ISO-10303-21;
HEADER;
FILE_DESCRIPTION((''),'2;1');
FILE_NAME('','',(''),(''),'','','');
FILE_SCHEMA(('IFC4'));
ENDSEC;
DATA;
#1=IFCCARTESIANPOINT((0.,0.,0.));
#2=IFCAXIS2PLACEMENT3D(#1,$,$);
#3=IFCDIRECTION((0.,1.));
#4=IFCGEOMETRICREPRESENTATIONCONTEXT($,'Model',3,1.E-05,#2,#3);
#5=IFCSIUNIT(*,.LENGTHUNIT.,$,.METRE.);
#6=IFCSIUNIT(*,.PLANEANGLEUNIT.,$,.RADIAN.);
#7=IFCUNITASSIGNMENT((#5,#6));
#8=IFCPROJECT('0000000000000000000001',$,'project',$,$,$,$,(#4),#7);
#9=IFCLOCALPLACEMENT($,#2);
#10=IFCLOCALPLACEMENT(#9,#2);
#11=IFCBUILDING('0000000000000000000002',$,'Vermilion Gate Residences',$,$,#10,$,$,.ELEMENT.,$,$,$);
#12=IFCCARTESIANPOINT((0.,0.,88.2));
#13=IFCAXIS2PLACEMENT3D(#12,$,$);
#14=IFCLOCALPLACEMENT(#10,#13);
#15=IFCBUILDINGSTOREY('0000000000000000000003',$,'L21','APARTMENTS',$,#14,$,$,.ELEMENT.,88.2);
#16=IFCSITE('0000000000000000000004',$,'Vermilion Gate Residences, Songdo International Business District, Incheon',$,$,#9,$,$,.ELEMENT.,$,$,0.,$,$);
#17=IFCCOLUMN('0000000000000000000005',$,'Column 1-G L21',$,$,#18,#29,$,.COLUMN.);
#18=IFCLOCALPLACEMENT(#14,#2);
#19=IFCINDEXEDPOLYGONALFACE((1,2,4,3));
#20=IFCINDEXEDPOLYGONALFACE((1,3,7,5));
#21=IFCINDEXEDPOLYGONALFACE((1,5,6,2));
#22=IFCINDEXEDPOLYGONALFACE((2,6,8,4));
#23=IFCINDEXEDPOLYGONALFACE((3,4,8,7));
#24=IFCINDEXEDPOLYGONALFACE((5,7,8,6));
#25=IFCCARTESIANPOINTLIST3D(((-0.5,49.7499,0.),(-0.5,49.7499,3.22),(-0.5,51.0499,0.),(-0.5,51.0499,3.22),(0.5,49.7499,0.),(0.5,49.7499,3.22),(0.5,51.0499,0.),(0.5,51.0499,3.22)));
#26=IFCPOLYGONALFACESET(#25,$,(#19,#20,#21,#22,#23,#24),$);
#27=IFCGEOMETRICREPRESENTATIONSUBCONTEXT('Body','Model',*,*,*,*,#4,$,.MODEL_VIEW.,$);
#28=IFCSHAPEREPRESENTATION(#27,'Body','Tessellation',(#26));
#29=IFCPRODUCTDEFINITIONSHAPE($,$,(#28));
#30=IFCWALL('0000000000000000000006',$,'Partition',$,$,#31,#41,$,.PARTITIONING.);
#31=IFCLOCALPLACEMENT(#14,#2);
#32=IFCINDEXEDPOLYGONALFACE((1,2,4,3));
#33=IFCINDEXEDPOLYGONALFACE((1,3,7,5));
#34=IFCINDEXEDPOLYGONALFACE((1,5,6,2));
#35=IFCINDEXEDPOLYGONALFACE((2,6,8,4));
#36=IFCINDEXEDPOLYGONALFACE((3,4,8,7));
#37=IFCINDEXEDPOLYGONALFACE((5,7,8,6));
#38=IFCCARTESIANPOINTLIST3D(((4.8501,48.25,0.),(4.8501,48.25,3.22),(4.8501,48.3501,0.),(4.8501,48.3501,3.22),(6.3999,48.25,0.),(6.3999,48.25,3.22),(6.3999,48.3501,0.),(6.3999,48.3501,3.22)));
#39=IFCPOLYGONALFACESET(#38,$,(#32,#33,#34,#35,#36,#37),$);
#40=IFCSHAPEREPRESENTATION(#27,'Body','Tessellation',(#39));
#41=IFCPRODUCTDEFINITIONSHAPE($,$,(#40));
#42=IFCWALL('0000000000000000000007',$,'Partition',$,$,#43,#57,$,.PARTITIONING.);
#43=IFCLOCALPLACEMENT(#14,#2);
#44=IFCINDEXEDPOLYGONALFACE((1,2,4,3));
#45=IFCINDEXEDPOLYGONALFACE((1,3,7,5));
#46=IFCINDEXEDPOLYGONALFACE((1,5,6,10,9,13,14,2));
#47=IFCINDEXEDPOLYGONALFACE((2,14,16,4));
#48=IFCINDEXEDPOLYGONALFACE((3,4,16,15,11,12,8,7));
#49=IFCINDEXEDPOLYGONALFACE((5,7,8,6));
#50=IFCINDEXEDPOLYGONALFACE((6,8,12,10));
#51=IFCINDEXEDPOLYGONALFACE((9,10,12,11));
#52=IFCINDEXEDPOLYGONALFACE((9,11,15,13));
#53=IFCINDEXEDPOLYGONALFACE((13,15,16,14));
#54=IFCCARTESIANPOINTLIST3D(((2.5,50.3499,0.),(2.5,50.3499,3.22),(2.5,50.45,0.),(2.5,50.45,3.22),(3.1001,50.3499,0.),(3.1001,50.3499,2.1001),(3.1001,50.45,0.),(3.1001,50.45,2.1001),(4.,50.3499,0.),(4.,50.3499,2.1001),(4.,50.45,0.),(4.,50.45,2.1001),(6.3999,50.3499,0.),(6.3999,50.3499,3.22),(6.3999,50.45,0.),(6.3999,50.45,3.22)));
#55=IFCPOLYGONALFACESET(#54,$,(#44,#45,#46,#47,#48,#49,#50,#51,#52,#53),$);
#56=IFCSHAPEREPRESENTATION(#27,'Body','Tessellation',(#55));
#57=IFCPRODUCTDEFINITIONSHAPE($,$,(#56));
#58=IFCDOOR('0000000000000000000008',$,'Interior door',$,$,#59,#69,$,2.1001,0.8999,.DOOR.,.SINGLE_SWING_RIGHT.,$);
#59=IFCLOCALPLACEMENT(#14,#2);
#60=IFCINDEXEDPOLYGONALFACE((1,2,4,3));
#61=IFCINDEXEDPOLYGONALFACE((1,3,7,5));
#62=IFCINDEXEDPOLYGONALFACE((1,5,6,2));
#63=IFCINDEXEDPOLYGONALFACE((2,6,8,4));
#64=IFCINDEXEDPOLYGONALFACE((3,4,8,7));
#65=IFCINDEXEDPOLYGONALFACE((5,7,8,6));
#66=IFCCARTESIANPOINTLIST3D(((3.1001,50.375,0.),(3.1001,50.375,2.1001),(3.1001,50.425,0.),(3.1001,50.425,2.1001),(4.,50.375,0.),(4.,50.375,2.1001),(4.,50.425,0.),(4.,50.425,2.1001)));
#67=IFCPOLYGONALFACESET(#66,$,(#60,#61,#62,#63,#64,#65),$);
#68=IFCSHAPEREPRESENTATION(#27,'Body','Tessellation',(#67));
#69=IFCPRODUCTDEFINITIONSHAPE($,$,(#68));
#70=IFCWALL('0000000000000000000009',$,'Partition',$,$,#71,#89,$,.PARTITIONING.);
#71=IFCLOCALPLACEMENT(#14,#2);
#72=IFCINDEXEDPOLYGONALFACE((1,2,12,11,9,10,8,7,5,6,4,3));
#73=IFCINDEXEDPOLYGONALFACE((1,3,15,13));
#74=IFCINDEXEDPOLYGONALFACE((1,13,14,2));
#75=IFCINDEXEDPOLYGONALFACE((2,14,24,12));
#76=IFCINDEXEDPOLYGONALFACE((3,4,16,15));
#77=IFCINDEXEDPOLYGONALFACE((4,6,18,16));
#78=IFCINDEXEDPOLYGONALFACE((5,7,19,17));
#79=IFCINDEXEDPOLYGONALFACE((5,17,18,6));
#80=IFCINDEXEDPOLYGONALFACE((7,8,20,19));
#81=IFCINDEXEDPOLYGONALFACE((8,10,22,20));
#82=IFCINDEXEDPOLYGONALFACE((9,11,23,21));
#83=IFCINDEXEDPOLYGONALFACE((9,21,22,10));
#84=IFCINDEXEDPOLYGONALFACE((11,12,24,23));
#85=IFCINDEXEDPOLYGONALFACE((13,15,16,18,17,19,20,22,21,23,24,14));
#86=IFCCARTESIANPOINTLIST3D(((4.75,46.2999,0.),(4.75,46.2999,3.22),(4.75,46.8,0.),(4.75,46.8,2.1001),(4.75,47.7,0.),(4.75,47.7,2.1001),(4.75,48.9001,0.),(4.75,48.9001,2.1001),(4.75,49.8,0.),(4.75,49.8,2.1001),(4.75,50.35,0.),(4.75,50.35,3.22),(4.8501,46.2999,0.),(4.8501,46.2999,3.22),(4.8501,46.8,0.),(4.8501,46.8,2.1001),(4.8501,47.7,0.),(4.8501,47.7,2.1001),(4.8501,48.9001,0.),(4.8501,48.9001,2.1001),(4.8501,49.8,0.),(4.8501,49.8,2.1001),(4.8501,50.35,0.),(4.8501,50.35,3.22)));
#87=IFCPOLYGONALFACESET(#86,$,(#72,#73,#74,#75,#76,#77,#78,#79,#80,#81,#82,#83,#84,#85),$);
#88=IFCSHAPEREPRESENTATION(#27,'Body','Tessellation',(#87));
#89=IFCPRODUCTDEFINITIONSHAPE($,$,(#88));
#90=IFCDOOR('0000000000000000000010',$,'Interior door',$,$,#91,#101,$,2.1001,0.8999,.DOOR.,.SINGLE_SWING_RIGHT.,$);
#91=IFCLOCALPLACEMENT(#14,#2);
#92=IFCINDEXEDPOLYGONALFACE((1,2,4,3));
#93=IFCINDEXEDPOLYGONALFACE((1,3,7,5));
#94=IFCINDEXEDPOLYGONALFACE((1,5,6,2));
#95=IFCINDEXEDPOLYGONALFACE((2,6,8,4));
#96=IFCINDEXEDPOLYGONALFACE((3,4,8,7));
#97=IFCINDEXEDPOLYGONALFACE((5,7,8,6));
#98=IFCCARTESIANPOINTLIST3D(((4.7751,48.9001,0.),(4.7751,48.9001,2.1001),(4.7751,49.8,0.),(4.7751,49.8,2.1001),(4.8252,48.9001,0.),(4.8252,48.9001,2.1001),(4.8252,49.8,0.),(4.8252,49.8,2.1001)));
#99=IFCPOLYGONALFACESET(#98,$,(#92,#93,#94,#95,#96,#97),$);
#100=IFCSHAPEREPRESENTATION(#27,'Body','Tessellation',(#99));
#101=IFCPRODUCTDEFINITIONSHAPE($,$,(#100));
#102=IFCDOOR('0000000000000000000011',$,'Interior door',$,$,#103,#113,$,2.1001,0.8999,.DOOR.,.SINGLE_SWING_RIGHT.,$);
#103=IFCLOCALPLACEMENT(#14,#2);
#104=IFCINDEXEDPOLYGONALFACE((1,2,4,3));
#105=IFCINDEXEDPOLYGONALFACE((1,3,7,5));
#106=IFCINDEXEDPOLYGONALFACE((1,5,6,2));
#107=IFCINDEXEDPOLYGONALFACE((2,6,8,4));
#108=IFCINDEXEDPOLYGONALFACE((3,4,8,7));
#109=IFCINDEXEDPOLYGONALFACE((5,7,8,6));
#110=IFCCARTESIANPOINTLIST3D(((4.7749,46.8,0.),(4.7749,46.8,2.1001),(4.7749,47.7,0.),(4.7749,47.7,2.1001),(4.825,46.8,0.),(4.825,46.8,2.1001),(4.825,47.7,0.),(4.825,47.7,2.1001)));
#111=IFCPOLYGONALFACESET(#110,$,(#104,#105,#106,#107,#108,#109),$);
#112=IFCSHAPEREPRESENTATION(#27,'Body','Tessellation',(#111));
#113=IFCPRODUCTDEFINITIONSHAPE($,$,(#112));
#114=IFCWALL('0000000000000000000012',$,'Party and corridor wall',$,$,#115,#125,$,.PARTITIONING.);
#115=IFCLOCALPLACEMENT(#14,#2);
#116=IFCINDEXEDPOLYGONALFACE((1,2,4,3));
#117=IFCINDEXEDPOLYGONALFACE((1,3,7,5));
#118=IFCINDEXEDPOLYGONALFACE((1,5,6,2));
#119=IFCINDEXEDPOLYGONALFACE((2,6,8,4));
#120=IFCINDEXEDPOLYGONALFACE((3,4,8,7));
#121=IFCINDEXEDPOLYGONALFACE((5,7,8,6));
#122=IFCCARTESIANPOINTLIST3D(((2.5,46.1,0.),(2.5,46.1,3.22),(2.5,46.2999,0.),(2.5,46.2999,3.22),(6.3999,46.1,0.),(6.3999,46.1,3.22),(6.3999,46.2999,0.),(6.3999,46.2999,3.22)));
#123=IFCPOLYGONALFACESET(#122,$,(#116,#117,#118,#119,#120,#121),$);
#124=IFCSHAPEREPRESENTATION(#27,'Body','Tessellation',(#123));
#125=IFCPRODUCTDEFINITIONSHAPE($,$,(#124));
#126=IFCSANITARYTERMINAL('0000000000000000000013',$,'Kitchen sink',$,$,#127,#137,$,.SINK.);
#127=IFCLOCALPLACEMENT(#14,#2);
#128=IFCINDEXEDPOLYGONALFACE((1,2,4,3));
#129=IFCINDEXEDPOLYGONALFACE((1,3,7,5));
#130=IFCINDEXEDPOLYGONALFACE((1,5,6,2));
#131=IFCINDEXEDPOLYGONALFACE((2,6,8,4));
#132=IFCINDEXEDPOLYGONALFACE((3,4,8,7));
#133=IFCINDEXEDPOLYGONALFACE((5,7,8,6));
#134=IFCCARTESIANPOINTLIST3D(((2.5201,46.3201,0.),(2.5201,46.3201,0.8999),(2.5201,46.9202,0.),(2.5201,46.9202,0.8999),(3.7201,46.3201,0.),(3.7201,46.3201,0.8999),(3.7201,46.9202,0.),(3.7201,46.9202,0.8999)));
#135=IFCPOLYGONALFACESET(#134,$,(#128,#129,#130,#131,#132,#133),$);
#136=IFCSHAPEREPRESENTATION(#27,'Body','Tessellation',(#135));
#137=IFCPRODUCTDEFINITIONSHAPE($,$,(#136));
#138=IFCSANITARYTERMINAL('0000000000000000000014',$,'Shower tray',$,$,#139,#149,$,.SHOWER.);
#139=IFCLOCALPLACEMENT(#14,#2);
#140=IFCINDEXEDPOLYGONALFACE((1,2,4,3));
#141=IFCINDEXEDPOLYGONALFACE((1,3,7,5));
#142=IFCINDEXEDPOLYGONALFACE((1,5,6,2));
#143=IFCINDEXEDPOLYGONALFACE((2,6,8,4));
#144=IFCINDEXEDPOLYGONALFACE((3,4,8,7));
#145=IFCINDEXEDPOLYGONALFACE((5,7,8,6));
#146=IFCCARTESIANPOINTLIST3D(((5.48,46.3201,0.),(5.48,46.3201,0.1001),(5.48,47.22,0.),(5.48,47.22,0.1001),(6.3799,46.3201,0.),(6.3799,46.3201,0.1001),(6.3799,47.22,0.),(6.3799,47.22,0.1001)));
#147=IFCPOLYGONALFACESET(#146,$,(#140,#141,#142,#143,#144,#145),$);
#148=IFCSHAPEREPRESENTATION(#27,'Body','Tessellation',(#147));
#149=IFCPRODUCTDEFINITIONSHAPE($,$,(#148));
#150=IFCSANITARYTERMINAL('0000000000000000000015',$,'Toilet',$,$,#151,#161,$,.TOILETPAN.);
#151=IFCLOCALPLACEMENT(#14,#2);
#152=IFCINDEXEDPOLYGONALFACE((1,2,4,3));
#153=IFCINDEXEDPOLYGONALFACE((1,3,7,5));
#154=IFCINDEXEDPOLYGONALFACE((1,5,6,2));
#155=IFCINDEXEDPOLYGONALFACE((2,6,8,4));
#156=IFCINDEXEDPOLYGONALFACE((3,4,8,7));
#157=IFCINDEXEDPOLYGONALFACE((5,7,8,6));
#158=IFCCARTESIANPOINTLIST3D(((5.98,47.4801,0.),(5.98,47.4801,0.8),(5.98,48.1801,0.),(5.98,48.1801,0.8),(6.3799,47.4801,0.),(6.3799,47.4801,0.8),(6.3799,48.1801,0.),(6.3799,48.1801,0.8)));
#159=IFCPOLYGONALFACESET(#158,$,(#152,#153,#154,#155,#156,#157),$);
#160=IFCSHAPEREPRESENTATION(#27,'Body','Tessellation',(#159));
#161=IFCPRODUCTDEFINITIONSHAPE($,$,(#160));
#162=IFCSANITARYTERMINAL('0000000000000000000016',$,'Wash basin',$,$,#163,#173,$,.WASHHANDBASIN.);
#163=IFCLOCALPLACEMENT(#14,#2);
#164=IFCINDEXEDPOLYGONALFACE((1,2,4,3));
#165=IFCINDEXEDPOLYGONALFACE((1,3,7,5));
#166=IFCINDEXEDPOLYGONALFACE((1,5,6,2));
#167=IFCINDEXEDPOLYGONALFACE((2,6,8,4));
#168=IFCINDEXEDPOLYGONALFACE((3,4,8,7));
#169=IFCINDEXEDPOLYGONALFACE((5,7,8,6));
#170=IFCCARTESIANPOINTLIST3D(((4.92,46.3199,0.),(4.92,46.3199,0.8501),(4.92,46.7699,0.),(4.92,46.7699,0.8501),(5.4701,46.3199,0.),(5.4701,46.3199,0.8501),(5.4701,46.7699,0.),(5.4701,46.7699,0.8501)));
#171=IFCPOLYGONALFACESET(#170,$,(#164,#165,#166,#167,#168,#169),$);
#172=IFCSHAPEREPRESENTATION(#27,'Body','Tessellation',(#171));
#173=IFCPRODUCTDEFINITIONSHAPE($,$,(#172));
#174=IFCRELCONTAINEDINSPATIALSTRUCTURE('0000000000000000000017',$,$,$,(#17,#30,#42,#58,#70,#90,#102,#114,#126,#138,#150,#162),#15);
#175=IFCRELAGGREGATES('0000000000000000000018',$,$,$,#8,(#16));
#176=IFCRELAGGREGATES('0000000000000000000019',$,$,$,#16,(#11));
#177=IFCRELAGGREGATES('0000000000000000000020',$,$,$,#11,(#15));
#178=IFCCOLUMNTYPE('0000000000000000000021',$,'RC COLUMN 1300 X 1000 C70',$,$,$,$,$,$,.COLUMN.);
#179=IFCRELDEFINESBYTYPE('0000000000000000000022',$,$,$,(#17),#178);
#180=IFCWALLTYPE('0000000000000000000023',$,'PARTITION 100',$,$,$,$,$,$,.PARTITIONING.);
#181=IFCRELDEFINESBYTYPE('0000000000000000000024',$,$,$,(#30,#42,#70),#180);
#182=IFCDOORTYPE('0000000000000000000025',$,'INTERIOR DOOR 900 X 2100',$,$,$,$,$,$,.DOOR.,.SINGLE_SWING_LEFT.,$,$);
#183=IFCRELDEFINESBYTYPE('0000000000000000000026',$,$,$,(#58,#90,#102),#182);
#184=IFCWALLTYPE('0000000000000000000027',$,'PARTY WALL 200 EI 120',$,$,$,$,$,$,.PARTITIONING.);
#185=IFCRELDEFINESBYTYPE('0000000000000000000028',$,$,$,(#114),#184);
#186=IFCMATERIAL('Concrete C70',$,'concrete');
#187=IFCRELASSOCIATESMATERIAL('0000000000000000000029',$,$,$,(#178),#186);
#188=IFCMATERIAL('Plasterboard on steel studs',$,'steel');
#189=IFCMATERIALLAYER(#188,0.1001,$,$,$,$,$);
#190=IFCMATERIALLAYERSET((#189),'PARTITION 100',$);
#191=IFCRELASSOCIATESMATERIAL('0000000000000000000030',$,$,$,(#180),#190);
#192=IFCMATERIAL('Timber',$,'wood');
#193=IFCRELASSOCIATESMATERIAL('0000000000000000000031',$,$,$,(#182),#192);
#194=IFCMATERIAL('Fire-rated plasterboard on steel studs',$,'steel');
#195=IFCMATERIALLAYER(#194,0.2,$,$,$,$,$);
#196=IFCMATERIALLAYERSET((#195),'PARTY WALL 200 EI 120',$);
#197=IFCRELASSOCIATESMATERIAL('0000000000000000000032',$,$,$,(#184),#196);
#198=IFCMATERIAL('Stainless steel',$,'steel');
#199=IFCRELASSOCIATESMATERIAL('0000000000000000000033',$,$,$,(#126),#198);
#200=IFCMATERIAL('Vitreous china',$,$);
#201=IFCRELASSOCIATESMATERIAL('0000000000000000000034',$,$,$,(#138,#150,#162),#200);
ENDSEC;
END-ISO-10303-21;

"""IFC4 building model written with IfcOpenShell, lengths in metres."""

from ifc_helpers import new_model, si_unit, direction, frame, frame_2d, origin, origin_2d, place, context, subcontext, project, spatial, rectangle, extrude, material, layer, layer_set, material_profile, profile_set, type_object, element, fill, save


model = new_model("IFC4")

# Units and contexts
model_context = context("Model", 3, precision=1e-05, world=origin(), true_north=direction((0.0, 1.0)))
body_context = subcontext(model_context, "Body", "Model", "MODEL_VIEW")
ifc_project = project(units=[si_unit("LENGTHUNIT", "METRE"), si_unit("PLANEANGLEUNIT", "RADIAN")], contexts=[model_context])

# Site, building, storey
site_placement = place(None, origin())
site = spatial("IfcSite", under=ifc_project, at=site_placement, Name="Vermilion Gate Residences, Songdo International Business District, Incheon", CompositionType="ELEMENT", RefElevation=0.0)
building_placement = place(site_placement, origin())
building = spatial("IfcBuilding", under=site, at=building_placement, Name="Vermilion Gate Residences", CompositionType="ELEMENT")
storey_placement = place(building_placement, frame((0.0, 0.0, 88.2)))
storey = spatial("IfcBuildingStorey", under=building, at=storey_placement, Name="L21", Description="APARTMENTS", CompositionType="ELEMENT", Elevation=88.2)

# Column
ifc_material_1 = material(Name="Concrete C70", Category="concrete")
ifc_material_profile = material_profile(ifc_material_1, rectangle(XDim=1.3, YDim=1.0, at=origin_2d()), Name="RC-1300x1000")
ifc_profile_set = profile_set([ifc_material_profile], Name="Concrete C70")
column_type = type_object("IfcColumnType", Name="RC COLUMN 1300 X 1000 C70", PredefinedType="COLUMN", material=ifc_profile_set)
column_placement = place(storey_placement, frame((0.0, 50.3999, 0.0), z_axis=(0.0, 0.0, 1.0), x_axis=(0.0, 1.0, 0.0)))
element("IfcColumn", 1, at=column_placement, inside=storey, type_object=column_type, Name="Column 1-G L21", PredefinedType="COLUMN", context=body_context, shape_type="SweptSolid", body=[
    extrude(rectangle(XDim=1.3, YDim=1.0, at=origin_2d()), origin(), (0.0, 0.0, 1.0), 3.22),
])

# Wall
ifc_material_2 = material(Name="Plasterboard on steel studs", Category="steel")
ifc_layer_1 = layer(ifc_material_2, 0.1001)
ifc_layer_set_1 = layer_set([ifc_layer_1], Name="PARTITION 100")
wall_type_1 = type_object("IfcWallType", Name="PARTITION 100", PredefinedType="PARTITIONING", material=ifc_layer_set_1)
wall_1_placement = place(storey_placement, frame((4.8501, 48.3, 0.0), z_axis=(0.0, 0.0, 1.0), x_axis=(1.0, 0.0, 0.0)))
element("IfcWall", 2, at=wall_1_placement, inside=storey, type_object=wall_type_1, Name="Partition", PredefinedType="PARTITIONING", context=body_context, shape_type="SweptSolid", body=[
    extrude(rectangle(XDim=1.5498, YDim=0.1001, at=frame_2d((0.7749, 0.0))), origin(), (0.0, 0.0, 1.0), 3.22),
])

# Wall, opening, door
wall_2_placement = place(storey_placement, frame((2.5, 50.3999, 0.0), z_axis=(0.0, 0.0, 1.0), x_axis=(1.0, 0.0, 0.0)))
wall_2 = element("IfcWall", 3, at=wall_2_placement, inside=storey, type_object=wall_type_1, Name="Partition", PredefinedType="PARTITIONING", context=body_context, shape_type="SweptSolid", body=[
    extrude(rectangle(XDim=3.8999, YDim=0.1001, at=frame_2d((1.95, 0.0))), origin(), (0.0, 0.0, 1.0), 3.22),
])
opening_1_placement = place(wall_2_placement, frame((0.6001, 0.0, 0.0)))
opening_1 = element("IfcOpeningElement", 4, at=opening_1_placement, cuts=wall_2, PredefinedType="OPENING", context=body_context, shape_type="SweptSolid", body=[
    extrude(rectangle(XDim=0.8999, YDim=2.1001, at=frame_2d((0.45, 1.05))), frame((0.0, 0.0601, 0.0), z_axis=(0.0, -1.0, 0.0), x_axis=(1.0, 0.0, 0.0)), (0.0, 0.0, 1.0), 0.1201),
])
ifc_material_3 = material(Name="Timber", Category="wood")
door_type = type_object("IfcDoorType", Name="INTERIOR DOOR 900 X 2100", OperationType="SINGLE_SWING_LEFT", PredefinedType="DOOR", material=ifc_material_3)
door_1_placement = place(opening_1_placement, frame((0.8999, 0.0, 0.0), z_axis=(0.0, 0.0, 1.0), x_axis=(-1.0, 0.0, 0.0)))
door_1 = element("IfcDoor", 5, at=door_1_placement, inside=storey, type_object=door_type, Name="Interior door", OperationType="SINGLE_SWING_RIGHT", OverallHeight=2.1001, OverallWidth=0.8999, PredefinedType="DOOR", context=body_context, shape_type="SweptSolid", body=[
    extrude(rectangle(XDim=0.8999, YDim=2.1001, at=frame_2d((0.45, 1.05))), frame((0.0, 0.0249, 0.0), z_axis=(0.0, -1.0, 0.0), x_axis=(1.0, 0.0, 0.0)), (0.0, 0.0, 1.0), 0.05),
])
fill(opening_1, door_1)

# Wall, openings, doors
wall_3_placement = place(storey_placement, frame((4.8, 46.3, 0.0), z_axis=(0.0, 0.0, 1.0), x_axis=(0.0, 1.0, 0.0)))
wall_3 = element("IfcWall", 6, at=wall_3_placement, inside=storey, type_object=wall_type_1, Name="Partition", PredefinedType="PARTITIONING", context=body_context, shape_type="SweptSolid", body=[
    extrude(rectangle(XDim=4.05, YDim=0.1001, at=frame_2d((2.0249, 0.0))), origin(), (0.0, 0.0, 1.0), 3.22),
])
opening_2_placement = place(wall_3_placement, frame((2.6001, 0.0, 0.0)))
opening_2 = element("IfcOpeningElement", 7, at=opening_2_placement, cuts=wall_3, PredefinedType="OPENING", context=body_context, shape_type="SweptSolid", body=[
    extrude(rectangle(XDim=0.8999, YDim=2.1001, at=frame_2d((0.45, 1.05))), frame((0.0, 0.0601, 0.0), z_axis=(0.0, -1.0, 0.0), x_axis=(1.0, 0.0, 0.0)), (0.0, 0.0, 1.0), 0.1201),
])
opening_3_placement = place(wall_3_placement, frame((0.5, 0.0, 0.0)))
opening_3 = element("IfcOpeningElement", 8, at=opening_3_placement, cuts=wall_3, PredefinedType="OPENING", context=body_context, shape_type="SweptSolid", body=[
    extrude(rectangle(XDim=0.8999, YDim=2.1001, at=frame_2d((0.45, 1.05))), frame((0.0, 0.0601, 0.0), z_axis=(0.0, -1.0, 0.0), x_axis=(1.0, 0.0, 0.0)), (0.0, 0.0, 1.0), 0.1201),
])
door_2_placement = place(opening_2_placement, origin())
door_2 = element("IfcDoor", 9, at=door_2_placement, inside=storey, type_object=door_type, Name="Interior door", OperationType="SINGLE_SWING_RIGHT", OverallHeight=2.1001, OverallWidth=0.8999, PredefinedType="DOOR", context=body_context, shape_type="SweptSolid", body=[
    extrude(rectangle(XDim=0.8999, YDim=2.1001, at=frame_2d((0.45, 1.05))), frame((0.0, 0.0249, 0.0), z_axis=(0.0, -1.0, 0.0), x_axis=(1.0, 0.0, 0.0)), (0.0, 0.0, 1.0), 0.05),
])
fill(opening_2, door_2)
door_3_placement = place(opening_3_placement, frame((0.8999, 0.0, 0.0), z_axis=(0.0, 0.0, 1.0), x_axis=(-1.0, 0.0, 0.0)))
door_3 = element("IfcDoor", 10, at=door_3_placement, inside=storey, type_object=door_type, Name="Interior door", OperationType="SINGLE_SWING_RIGHT", OverallHeight=2.1001, OverallWidth=0.8999, PredefinedType="DOOR", context=body_context, shape_type="SweptSolid", body=[
    extrude(rectangle(XDim=0.8999, YDim=2.1001, at=frame_2d((0.45, 1.05))), frame((0.0, 0.0249, 0.0), z_axis=(0.0, -1.0, 0.0), x_axis=(1.0, 0.0, 0.0)), (0.0, 0.0, 1.0), 0.05),
])
fill(opening_3, door_3)

# Wall
ifc_material_4 = material(Name="Fire-rated plasterboard on steel studs", Category="steel")
ifc_layer_2 = layer(ifc_material_4, 0.2)
ifc_layer_set_2 = layer_set([ifc_layer_2], Name="PARTY WALL 200 EI 120")
wall_type_2 = type_object("IfcWallType", Name="PARTY WALL 200 EI 120", PredefinedType="PARTITIONING", material=ifc_layer_set_2)
wall_4_placement = place(storey_placement, frame((2.5, 46.2, 0.0), z_axis=(0.0, 0.0, 1.0), x_axis=(1.0, 0.0, 0.0)))
element("IfcWall", 11, at=wall_4_placement, inside=storey, type_object=wall_type_2, Name="Party and corridor wall", PredefinedType="PARTITIONING", context=body_context, shape_type="SweptSolid", body=[
    extrude(rectangle(XDim=3.8999, YDim=0.2, at=frame_2d((1.95, 0.0))), origin(), (0.0, 0.0, 1.0), 3.22),
])

# Sanitary terminals
ifc_material_5 = material(Name="Stainless steel", Category="steel")
sanitary_terminal_1_placement = place(storey_placement, frame((3.1201, 46.6201, 0.0), z_axis=(0.0, 0.0, 1.0), x_axis=(1.0, 0.0, 0.0)))
element("IfcSanitaryTerminal", 12, at=sanitary_terminal_1_placement, inside=storey, material=ifc_material_5, Name="Kitchen sink", PredefinedType="SINK", context=body_context, shape_type="SweptSolid", body=[
    extrude(rectangle(XDim=1.2, YDim=0.6001, at=origin_2d()), origin(), (0.0, 0.0, 1.0), 0.8999),
])
ifc_material_6 = material(Name="Vitreous china")
sanitary_terminal_2_placement = place(storey_placement, frame((5.9299, 46.77, 0.0), z_axis=(0.0, 0.0, 1.0), x_axis=(1.0, 0.0, 0.0)))
element("IfcSanitaryTerminal", 13, at=sanitary_terminal_2_placement, inside=storey, material=ifc_material_6, Name="Shower tray", PredefinedType="SHOWER", context=body_context, shape_type="SweptSolid", body=[
    extrude(rectangle(XDim=0.8999, YDim=0.8999, at=origin_2d()), origin(), (0.0, 0.0, 1.0), 0.1001),
])
sanitary_terminal_3_placement = place(storey_placement, frame((6.1799, 47.8301, 0.0), z_axis=(0.0, 0.0, 1.0), x_axis=(1.0, 0.0, 0.0)))
element("IfcSanitaryTerminal", 14, at=sanitary_terminal_3_placement, inside=storey, material=ifc_material_6, Name="Toilet", PredefinedType="TOILETPAN", context=body_context, shape_type="SweptSolid", body=[
    extrude(rectangle(XDim=0.3999, YDim=0.7, at=origin_2d()), origin(), (0.0, 0.0, 1.0), 0.8),
])
sanitary_terminal_4_placement = place(storey_placement, frame((5.1951, 46.5449, 0.0), z_axis=(0.0, 0.0, 1.0), x_axis=(1.0, 0.0, 0.0)))
element("IfcSanitaryTerminal", 15, at=sanitary_terminal_4_placement, inside=storey, material=ifc_material_6, Name="Wash basin", PredefinedType="WASHHANDBASIN", context=body_context, shape_type="SweptSolid", body=[
    extrude(rectangle(XDim=0.55, YDim=0.45, at=origin_2d()), origin(), (0.0, 0.0, 1.0), 0.8501),
])

save(model, "model.ifc")
